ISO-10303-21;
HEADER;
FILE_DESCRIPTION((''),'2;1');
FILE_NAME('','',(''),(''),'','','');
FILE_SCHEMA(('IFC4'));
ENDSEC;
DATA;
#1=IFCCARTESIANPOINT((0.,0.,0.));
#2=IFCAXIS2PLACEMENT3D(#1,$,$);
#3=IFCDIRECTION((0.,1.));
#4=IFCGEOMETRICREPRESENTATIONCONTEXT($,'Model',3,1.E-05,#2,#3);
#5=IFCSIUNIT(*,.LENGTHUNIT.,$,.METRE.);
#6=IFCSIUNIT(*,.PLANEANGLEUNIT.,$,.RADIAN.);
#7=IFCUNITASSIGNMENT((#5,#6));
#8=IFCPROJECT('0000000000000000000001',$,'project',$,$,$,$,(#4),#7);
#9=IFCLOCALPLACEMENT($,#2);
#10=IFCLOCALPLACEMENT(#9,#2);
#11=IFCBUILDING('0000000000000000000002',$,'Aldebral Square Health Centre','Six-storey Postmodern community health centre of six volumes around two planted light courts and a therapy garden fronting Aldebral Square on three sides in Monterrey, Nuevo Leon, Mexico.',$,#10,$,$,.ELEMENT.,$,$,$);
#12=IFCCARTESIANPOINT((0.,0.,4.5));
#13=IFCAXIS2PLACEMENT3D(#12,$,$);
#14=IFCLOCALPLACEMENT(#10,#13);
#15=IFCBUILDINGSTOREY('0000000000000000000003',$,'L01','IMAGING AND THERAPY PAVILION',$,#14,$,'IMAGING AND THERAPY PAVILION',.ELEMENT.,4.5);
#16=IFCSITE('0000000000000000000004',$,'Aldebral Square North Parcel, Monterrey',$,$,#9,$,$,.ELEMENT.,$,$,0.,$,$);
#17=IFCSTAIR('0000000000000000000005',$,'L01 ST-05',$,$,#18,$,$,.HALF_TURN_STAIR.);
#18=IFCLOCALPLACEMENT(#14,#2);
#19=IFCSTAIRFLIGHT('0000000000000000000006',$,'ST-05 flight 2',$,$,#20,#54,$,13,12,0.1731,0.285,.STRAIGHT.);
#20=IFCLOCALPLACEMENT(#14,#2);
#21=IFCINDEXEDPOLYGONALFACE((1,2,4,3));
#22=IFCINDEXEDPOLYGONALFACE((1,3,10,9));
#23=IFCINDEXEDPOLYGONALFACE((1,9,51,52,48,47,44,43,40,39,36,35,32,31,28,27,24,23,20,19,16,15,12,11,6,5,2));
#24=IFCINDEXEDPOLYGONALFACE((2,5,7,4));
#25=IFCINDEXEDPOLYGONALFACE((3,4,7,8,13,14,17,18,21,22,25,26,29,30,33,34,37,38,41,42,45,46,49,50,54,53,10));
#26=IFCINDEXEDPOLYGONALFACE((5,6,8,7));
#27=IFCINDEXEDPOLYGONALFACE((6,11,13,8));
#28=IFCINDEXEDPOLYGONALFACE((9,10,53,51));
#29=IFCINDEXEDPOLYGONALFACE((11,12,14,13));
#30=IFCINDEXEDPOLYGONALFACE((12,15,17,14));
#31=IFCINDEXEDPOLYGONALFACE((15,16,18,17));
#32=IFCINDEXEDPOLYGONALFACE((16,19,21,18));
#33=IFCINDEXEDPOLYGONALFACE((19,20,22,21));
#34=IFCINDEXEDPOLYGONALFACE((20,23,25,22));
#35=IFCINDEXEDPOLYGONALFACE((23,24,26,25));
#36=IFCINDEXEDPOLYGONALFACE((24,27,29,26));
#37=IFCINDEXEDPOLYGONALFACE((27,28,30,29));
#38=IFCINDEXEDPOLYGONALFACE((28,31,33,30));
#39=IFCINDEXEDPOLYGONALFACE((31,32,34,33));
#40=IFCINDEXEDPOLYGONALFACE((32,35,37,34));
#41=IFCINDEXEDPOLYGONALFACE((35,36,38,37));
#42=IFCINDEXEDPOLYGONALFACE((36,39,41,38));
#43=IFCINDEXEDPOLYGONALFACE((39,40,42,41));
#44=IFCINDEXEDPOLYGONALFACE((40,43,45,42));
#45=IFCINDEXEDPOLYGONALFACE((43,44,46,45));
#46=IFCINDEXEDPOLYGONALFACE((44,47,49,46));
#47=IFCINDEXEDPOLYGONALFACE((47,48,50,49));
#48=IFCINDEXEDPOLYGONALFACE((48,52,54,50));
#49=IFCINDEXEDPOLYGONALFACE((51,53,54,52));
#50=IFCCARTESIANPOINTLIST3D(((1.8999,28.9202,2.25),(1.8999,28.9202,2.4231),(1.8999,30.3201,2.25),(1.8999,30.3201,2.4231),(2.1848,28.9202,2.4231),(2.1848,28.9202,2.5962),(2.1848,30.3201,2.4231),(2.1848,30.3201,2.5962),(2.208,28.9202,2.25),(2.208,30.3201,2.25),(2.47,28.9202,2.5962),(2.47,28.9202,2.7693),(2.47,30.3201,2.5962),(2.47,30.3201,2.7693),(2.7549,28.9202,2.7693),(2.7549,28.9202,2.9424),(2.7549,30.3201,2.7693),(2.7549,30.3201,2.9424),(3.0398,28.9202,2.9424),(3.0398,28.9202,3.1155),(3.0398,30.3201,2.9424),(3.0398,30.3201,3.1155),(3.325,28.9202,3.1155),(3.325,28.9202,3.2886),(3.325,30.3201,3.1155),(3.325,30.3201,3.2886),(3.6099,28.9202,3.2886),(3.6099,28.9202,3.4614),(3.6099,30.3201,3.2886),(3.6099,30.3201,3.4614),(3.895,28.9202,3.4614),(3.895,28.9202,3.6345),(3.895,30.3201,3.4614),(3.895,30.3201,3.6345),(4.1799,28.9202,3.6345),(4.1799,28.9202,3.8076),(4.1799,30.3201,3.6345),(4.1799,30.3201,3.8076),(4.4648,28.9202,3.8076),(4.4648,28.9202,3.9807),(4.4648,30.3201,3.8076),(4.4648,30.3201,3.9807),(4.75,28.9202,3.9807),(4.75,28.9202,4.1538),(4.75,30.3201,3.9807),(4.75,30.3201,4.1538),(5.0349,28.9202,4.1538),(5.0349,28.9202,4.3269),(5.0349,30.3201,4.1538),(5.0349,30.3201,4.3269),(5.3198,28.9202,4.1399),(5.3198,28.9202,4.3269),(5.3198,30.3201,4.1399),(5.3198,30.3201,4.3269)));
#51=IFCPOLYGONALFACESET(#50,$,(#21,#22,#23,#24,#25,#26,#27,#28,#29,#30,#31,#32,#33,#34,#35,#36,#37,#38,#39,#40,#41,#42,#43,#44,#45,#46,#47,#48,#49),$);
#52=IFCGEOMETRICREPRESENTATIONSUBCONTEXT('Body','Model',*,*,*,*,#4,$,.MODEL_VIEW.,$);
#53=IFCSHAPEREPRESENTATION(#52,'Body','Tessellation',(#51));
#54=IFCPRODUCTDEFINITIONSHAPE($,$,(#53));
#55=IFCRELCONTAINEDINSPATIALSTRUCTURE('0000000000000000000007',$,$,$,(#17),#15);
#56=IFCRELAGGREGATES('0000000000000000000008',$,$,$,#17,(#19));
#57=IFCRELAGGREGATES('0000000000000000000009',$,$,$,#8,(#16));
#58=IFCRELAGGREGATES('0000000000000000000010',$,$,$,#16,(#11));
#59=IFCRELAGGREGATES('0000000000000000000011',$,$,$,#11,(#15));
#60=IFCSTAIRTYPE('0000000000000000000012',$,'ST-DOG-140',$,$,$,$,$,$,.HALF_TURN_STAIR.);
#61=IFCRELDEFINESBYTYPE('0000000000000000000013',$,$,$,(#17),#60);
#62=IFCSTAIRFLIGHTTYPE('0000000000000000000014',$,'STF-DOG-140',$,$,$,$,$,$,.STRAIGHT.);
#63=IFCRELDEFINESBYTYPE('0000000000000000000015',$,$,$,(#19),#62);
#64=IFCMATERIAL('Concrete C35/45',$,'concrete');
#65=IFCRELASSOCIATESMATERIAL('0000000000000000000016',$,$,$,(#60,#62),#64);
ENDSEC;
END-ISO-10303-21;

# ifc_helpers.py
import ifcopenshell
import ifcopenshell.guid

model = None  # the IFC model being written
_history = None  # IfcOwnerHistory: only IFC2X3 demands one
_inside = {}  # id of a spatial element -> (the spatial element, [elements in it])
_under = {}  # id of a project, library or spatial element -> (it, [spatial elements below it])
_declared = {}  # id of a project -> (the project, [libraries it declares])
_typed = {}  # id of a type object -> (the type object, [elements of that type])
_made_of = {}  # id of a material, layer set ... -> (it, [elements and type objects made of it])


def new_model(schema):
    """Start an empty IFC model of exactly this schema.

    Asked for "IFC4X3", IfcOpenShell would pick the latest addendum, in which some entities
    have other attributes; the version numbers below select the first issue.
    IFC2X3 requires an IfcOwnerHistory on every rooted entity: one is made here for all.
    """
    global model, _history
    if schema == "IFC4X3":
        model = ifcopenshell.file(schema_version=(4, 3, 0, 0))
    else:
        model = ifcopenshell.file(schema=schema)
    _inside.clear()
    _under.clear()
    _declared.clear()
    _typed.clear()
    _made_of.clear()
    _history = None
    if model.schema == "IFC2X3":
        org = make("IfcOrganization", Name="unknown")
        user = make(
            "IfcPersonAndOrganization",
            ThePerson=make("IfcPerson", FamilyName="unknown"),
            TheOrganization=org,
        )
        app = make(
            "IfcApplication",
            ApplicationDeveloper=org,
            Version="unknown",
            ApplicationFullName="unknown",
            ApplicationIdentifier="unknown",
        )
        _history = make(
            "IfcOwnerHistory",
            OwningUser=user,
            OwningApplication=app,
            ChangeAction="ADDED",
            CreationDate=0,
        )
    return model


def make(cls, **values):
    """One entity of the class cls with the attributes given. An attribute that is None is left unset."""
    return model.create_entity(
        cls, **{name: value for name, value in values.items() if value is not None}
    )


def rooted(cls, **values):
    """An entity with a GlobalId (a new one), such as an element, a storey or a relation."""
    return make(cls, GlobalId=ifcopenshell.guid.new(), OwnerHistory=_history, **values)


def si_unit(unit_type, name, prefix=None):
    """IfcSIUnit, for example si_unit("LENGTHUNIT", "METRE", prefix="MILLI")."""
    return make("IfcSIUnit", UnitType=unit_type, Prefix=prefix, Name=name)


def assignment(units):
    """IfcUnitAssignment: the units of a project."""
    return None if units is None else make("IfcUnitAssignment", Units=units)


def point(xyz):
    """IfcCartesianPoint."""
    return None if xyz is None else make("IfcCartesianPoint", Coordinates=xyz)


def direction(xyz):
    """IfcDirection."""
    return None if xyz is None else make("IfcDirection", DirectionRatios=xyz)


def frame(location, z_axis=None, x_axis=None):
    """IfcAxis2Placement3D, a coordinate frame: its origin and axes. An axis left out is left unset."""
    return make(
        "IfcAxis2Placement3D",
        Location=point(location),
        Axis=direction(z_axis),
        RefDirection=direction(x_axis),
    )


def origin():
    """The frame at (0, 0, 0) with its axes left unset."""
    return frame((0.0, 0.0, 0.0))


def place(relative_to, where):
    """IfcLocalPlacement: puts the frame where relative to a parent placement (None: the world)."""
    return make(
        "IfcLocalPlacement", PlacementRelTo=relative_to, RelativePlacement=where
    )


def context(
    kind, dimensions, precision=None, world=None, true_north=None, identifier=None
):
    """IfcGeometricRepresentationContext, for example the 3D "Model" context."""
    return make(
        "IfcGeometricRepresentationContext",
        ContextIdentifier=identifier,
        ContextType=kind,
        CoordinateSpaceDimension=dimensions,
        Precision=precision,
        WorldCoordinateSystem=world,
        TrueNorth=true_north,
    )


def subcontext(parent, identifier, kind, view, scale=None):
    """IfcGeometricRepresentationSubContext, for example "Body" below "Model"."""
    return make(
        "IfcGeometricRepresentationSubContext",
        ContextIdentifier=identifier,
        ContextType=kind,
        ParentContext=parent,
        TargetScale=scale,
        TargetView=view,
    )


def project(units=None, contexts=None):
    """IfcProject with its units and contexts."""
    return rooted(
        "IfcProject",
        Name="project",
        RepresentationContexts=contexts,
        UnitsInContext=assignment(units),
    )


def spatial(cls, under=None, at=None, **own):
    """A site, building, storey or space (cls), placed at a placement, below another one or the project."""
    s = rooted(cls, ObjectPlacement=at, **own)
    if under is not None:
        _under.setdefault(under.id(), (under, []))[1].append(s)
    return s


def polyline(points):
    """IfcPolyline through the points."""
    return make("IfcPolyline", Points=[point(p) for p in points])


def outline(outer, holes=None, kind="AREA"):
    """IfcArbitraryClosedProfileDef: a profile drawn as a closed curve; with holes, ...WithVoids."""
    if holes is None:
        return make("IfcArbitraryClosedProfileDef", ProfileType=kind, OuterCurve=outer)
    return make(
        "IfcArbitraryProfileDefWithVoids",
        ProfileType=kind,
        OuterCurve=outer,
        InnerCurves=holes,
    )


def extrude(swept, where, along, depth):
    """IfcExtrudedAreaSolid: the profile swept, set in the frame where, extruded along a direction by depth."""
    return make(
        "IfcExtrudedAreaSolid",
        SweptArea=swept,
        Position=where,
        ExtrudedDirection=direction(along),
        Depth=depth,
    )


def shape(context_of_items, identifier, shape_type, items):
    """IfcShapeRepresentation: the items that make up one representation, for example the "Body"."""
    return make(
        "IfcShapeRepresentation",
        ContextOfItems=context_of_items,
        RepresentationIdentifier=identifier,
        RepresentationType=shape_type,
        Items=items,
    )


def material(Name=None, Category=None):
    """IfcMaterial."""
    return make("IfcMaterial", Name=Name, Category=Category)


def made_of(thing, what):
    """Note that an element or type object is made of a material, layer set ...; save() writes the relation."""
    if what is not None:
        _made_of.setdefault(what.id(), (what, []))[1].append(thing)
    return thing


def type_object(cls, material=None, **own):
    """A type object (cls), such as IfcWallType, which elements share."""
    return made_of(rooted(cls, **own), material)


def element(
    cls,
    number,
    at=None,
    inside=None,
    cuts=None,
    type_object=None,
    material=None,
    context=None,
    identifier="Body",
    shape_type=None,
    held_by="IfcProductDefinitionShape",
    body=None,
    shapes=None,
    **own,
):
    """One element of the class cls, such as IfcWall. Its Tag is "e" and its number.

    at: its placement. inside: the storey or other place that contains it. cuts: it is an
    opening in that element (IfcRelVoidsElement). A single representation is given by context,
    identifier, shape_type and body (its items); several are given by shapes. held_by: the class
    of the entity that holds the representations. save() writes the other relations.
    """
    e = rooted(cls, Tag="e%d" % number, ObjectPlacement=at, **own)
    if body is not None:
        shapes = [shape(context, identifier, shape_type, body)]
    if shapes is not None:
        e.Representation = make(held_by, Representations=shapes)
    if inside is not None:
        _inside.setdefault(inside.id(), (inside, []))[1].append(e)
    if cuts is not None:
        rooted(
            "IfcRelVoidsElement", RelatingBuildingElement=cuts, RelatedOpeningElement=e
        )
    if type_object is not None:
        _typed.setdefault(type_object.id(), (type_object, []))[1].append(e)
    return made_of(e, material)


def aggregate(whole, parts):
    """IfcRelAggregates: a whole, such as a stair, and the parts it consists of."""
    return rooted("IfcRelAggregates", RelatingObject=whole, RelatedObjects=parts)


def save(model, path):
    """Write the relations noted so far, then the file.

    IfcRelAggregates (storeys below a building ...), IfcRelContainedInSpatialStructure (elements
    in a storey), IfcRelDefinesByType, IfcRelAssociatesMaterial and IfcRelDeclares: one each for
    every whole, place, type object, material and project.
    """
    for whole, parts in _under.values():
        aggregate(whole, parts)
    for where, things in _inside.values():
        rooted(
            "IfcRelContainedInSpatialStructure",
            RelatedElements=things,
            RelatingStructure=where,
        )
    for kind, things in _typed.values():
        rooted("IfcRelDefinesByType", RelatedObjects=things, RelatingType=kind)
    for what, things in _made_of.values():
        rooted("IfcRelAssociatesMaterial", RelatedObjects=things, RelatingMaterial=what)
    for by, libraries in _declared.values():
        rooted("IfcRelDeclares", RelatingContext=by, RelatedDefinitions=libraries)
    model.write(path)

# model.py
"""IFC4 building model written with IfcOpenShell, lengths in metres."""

from ifc_helpers import new_model, si_unit, direction, frame, origin, place, context, subcontext, project, spatial, polyline, outline, extrude, material, type_object, element, aggregate, save


model = new_model("IFC4")

# Units and contexts
model_context = context("Model", 3, precision=1e-05, world=origin(), true_north=direction((0.0, 1.0)))
body_context = subcontext(model_context, "Body", "Model", "MODEL_VIEW")
ifc_project = project(units=[si_unit("LENGTHUNIT", "METRE"), si_unit("PLANEANGLEUNIT", "RADIAN")], contexts=[model_context])

# Site, building, storey
site_placement = place(None, origin())
site = spatial("IfcSite", under=ifc_project, at=site_placement, Name="Aldebral Square North Parcel, Monterrey", CompositionType="ELEMENT", RefElevation=0.0)
building_placement = place(site_placement, origin())
building = spatial("IfcBuilding", under=site, at=building_placement, Name="Aldebral Square Health Centre", Description="Six-storey Postmodern community health centre of six volumes around two planted light courts and a therapy garden fronting Aldebral Square on three sides in Monterrey, Nuevo Leon, Mexico.", CompositionType="ELEMENT")
storey_placement = place(building_placement, frame((0.0, 0.0, 4.5)))
storey = spatial("IfcBuildingStorey", under=building, at=storey_placement, Name="L01", Description="IMAGING AND THERAPY PAVILION", LongName="IMAGING AND THERAPY PAVILION", CompositionType="ELEMENT", Elevation=4.5)

# Stair, stair flight
ifc_material_1 = material(Name="Concrete C35/45", Category="concrete")
stair_type = type_object("IfcStairType", Name="ST-DOG-140", PredefinedType="HALF_TURN_STAIR", material=ifc_material_1)
stair_placement = place(storey_placement, origin())
stair = element("IfcStair", 1, at=stair_placement, inside=storey, type_object=stair_type, Name="L01 ST-05", PredefinedType="HALF_TURN_STAIR")
stair_flight_type = type_object("IfcStairFlightType", Name="STF-DOG-140", PredefinedType="STRAIGHT", material=ifc_material_1)
stair_flight_1_placement = place(storey_placement, frame((1.8999, 29.6201, 2.25), z_axis=(0.0, 0.0, 1.0), x_axis=(1.0, 0.0, 0.0)))
stair_flight_1 = element("IfcStairFlight", 2, at=stair_flight_1_placement, type_object=stair_flight_type, Name="ST-05 flight 2", NumberOfRisers=13, NumberOfTreads=12, PredefinedType="STRAIGHT", RiserHeight=0.1731, TreadLength=0.285, context=body_context, shape_type="SweptSolid", body=[
    extrude(outline(polyline([(0.0, 0.0), (0.0, 0.1731), (0.2849, 0.1731), (0.2849, 0.3462), (0.5701, 0.3462), (0.5701, 0.5193), (0.855, 0.5193), (0.855, 0.6924), (1.1399, 0.6924), (1.1399, 0.8655), (1.425, 0.8655), (1.425, 1.0386), (1.71, 1.0386), (1.71, 1.2114), (1.9951, 1.2114), (1.9951, 1.3845), (2.28, 1.3845), (2.28, 1.5576), (2.5649, 1.5576), (2.5649, 1.7307), (2.8501, 1.7307), (2.8501, 1.9038), (3.135, 1.9038), (3.135, 2.0769), (3.4199, 2.0769), (3.4199, 2.25), (3.4199, 1.8899), (0.3081, 0.0), (0.0, 0.0)])), frame((0.0, 0.7, 0.0), z_axis=(0.0, -1.0, 0.0), x_axis=(1.0, 0.0, 0.0)), (0.0, 0.0, 1.0), 1.3999),
])
aggregate(stair, [stair_flight_1])

save(model, "model.ifc")
